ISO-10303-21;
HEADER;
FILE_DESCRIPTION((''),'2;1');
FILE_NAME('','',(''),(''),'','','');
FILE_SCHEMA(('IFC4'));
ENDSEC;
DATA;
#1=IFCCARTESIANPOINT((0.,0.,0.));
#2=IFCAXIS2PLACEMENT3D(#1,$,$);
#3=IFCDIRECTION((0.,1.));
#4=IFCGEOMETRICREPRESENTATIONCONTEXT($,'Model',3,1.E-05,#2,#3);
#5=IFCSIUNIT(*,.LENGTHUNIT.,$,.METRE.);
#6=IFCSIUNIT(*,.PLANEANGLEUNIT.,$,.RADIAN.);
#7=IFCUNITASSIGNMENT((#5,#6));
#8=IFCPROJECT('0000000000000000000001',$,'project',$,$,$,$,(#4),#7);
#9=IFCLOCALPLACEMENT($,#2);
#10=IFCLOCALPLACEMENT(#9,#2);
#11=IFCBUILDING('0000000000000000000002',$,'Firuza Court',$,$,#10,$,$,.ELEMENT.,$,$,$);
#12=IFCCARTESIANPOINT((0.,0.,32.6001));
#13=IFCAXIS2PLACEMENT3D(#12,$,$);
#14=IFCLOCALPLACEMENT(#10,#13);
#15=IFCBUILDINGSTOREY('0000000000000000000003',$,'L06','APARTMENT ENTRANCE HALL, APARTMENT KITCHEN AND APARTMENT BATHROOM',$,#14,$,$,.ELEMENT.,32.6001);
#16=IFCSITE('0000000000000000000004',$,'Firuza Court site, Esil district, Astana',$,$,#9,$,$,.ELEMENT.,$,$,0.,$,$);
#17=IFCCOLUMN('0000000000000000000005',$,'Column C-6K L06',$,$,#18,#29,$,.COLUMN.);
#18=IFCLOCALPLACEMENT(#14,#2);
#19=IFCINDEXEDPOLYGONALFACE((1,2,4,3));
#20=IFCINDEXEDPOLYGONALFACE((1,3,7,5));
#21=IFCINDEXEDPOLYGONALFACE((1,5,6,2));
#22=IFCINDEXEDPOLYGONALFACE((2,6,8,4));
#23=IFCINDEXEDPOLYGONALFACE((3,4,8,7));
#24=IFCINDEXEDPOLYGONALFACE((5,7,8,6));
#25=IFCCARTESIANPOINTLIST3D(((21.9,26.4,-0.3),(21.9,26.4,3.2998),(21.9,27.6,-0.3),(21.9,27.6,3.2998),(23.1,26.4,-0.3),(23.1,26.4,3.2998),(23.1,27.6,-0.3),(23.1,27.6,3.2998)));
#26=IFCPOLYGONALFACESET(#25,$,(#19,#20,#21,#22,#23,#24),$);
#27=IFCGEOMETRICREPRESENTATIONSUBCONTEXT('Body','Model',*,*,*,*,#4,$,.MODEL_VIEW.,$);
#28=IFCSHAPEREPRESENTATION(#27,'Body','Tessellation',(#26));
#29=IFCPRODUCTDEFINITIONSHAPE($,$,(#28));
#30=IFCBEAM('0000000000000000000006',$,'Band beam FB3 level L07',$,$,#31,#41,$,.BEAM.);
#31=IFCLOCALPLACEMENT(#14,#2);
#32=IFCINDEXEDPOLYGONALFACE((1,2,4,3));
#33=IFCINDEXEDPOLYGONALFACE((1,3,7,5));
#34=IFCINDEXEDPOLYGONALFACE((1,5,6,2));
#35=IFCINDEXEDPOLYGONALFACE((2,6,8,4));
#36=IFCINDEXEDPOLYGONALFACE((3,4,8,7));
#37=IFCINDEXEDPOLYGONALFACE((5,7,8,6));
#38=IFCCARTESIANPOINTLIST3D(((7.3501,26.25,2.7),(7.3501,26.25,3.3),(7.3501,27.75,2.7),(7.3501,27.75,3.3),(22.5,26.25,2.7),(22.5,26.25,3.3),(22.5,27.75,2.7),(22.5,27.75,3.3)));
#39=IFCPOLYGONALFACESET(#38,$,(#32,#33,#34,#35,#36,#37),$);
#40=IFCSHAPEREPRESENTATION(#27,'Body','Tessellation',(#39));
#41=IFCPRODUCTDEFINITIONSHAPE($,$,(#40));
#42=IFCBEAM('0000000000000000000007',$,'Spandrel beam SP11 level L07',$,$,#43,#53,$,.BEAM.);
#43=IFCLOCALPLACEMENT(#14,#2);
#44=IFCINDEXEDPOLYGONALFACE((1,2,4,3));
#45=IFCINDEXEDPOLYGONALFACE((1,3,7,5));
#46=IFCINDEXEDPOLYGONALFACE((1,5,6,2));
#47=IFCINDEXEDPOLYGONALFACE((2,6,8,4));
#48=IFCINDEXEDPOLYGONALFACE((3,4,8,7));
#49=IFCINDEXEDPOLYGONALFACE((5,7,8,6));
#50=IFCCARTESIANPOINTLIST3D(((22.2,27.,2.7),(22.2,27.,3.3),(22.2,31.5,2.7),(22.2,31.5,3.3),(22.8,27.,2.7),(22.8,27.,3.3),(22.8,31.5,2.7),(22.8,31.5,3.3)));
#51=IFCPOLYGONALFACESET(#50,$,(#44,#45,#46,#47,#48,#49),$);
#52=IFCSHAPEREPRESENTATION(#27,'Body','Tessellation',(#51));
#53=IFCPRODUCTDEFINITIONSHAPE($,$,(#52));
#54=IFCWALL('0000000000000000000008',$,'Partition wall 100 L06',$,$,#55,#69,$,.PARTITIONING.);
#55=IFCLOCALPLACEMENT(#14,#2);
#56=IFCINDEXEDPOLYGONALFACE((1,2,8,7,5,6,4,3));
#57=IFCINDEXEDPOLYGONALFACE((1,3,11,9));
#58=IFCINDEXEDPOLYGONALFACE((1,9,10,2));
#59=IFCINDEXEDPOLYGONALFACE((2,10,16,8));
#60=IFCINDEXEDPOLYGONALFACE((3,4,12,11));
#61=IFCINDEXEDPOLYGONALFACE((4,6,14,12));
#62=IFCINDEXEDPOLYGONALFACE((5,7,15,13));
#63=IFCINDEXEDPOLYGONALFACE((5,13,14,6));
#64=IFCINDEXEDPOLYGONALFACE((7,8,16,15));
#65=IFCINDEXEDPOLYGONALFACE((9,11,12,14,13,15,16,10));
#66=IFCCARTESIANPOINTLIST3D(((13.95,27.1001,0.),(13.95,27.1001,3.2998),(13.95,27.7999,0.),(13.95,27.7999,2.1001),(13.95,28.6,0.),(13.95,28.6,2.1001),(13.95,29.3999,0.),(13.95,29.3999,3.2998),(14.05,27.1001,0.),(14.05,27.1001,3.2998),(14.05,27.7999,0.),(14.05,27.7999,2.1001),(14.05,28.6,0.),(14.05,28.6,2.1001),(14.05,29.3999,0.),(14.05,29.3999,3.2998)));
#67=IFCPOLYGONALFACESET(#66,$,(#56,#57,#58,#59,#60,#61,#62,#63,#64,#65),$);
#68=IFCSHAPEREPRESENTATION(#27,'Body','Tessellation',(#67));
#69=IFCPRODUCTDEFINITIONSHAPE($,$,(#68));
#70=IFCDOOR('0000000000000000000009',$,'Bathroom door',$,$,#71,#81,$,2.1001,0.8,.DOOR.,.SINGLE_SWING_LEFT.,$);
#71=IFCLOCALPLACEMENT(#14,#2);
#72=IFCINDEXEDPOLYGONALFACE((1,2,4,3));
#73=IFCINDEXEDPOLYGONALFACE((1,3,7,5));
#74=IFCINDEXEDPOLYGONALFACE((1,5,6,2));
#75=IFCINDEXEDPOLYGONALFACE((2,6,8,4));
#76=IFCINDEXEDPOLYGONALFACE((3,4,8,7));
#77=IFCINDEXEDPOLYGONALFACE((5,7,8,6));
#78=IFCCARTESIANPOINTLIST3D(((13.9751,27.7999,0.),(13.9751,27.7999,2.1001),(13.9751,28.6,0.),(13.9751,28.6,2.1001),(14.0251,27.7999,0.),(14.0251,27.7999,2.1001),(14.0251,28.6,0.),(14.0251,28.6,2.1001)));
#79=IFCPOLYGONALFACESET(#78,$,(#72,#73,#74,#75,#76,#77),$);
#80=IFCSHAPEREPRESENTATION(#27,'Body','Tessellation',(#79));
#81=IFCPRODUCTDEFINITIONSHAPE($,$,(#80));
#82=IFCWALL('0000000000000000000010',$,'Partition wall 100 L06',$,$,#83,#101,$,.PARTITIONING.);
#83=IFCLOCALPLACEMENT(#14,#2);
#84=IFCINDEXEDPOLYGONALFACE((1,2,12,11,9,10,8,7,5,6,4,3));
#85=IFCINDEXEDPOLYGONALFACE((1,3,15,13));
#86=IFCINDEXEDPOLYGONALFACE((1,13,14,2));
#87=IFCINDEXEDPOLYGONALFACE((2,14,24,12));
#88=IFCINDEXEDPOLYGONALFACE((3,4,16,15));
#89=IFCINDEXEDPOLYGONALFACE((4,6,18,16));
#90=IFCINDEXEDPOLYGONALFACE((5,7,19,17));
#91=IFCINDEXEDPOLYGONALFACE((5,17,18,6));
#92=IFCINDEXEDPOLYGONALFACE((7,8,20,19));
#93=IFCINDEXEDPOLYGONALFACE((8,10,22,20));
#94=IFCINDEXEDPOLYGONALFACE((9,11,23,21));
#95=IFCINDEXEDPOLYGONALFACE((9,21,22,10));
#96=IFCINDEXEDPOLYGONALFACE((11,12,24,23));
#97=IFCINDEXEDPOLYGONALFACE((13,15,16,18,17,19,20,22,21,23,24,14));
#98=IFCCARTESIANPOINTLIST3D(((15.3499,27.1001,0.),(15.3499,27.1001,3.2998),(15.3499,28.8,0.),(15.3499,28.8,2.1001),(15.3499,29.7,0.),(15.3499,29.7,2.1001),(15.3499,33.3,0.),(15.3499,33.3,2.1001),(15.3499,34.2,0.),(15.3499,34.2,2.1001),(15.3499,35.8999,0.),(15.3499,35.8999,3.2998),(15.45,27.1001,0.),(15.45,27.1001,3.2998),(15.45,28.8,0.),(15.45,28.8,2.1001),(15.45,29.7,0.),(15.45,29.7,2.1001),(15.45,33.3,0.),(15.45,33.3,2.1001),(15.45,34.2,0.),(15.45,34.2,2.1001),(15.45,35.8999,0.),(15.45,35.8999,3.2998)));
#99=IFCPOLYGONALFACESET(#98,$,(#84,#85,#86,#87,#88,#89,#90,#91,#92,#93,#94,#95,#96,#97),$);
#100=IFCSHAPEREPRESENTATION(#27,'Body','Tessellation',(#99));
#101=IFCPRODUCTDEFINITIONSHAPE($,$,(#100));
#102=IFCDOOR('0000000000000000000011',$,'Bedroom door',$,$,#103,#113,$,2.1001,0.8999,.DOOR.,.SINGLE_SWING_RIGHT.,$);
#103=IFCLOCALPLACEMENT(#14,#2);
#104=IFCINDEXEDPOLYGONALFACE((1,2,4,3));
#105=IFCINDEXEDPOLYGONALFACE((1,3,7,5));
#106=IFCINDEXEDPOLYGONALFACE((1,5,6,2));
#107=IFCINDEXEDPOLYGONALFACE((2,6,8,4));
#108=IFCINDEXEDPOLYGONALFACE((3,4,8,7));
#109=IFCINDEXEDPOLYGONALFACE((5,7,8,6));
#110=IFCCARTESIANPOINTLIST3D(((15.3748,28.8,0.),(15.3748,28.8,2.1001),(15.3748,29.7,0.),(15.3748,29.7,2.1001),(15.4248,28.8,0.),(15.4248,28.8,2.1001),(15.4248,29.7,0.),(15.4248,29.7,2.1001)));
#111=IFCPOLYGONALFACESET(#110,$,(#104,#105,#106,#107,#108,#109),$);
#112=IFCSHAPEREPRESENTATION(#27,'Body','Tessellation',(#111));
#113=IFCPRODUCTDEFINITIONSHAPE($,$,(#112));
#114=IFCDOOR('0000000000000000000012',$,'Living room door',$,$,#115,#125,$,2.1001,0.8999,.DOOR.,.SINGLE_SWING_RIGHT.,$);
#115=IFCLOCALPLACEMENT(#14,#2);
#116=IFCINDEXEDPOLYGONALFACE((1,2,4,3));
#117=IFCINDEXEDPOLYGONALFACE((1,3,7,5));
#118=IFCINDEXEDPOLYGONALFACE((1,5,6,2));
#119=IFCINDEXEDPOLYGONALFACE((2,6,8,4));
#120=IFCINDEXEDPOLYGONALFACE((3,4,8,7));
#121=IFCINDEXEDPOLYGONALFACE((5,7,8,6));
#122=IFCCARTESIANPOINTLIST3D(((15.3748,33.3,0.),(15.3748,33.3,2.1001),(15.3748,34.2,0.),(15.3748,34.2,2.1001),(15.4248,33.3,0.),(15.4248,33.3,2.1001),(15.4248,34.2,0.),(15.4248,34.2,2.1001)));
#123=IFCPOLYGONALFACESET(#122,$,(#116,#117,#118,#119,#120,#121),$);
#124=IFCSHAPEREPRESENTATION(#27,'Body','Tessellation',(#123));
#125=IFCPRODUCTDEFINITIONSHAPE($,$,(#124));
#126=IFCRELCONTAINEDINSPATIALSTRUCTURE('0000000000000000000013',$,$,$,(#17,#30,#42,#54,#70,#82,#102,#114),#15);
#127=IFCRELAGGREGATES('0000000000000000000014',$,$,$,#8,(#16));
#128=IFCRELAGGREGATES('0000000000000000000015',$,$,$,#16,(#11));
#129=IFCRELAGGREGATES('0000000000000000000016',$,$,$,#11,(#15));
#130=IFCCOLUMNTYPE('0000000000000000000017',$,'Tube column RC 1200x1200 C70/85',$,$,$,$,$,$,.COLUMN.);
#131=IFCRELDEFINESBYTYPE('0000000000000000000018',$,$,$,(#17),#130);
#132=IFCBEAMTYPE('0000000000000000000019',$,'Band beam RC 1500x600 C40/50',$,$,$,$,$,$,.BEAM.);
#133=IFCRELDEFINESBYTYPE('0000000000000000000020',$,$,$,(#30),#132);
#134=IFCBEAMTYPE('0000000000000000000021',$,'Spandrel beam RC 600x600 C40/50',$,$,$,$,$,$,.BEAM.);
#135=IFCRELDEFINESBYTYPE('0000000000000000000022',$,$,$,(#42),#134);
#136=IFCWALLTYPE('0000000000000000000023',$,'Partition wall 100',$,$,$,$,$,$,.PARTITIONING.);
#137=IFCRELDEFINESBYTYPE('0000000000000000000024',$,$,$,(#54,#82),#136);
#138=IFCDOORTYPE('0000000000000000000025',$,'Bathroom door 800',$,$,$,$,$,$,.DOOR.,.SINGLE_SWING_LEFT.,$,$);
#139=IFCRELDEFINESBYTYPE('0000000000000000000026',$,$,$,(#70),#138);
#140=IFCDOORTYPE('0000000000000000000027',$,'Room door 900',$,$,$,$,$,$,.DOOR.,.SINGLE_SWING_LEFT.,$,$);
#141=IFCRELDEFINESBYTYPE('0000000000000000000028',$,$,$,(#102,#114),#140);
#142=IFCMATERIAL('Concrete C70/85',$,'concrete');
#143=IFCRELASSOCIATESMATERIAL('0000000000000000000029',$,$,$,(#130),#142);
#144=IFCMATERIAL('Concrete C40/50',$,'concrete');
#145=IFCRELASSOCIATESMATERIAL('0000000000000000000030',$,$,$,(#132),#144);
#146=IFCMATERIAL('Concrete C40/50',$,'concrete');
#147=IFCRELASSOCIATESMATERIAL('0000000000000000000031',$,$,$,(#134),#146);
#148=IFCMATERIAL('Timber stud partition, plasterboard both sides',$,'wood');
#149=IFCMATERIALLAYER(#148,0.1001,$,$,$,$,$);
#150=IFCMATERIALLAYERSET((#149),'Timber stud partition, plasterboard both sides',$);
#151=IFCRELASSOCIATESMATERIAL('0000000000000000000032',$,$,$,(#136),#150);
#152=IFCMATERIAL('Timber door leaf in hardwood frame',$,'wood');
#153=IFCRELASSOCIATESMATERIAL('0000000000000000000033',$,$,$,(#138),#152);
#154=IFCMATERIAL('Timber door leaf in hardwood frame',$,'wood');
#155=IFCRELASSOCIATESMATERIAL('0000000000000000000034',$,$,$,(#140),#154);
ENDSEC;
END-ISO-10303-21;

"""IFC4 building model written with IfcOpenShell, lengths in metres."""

from ifc_helpers import new_model, si_unit, direction, frame, frame_2d, origin, origin_2d, place, context, subcontext, project, spatial, rectangle, extrude, material, layer, layer_set, material_profile, profile_set, type_object, element, fill, save


model = new_model("IFC4")

# Units and contexts
model_context = context("Model", 3, precision=1e-05, world=origin(), true_north=direction((0.0, 1.0)))
body_context = subcontext(model_context, "Body", "Model", "MODEL_VIEW")
ifc_project = project(units=[si_unit("LENGTHUNIT", "METRE"), si_unit("PLANEANGLEUNIT", "RADIAN")], contexts=[model_context])

# Site, building, storey
site_placement = place(None, origin())
site = spatial("IfcSite", under=ifc_project, at=site_placement, Name="Firuza Court site, Esil district, Astana", CompositionType="ELEMENT", RefElevation=0.0)
building_placement = place(site_placement, origin())
building = spatial("IfcBuilding", under=site, at=building_placement, Name="Firuza Court", CompositionType="ELEMENT")
storey_placement = place(building_placement, frame((0.0, 0.0, 32.6001)))
storey = spatial("IfcBuildingStorey", under=building, at=storey_placement, Name="L06", Description="APARTMENT ENTRANCE HALL, APARTMENT KITCHEN AND APARTMENT BATHROOM", CompositionType="ELEMENT", Elevation=32.6001)

# Column
ifc_material_1 = material(Name="Concrete C70/85", Category="concrete")
ifc_material_profile_1 = material_profile(ifc_material_1, rectangle(XDim=1.2, YDim=1.2, at=origin_2d()), Name="RC 1200x1200")
ifc_profile_set_1 = profile_set([ifc_material_profile_1], Name="Concrete C70/85")
column_type = type_object("IfcColumnType", Name="Tube column RC 1200x1200 C70/85", PredefinedType="COLUMN", material=ifc_profile_set_1)
column_placement = place(storey_placement, frame((22.5, 27.0, -0.3), z_axis=(0.0, 0.0, 1.0), x_axis=(1.0, 0.0, 0.0)))
element("IfcColumn", 1, at=column_placement, inside=storey, type_object=column_type, Name="Column C-6K L06", PredefinedType="COLUMN", context=body_context, shape_type="SweptSolid", body=[
    extrude(rectangle(XDim=1.2, YDim=1.2, at=origin_2d()), origin(), (0.0, 0.0, 1.0), 3.5999),
])

# Beams
ifc_material_2 = material(Name="Concrete C40/50", Category="concrete")
ifc_material_profile_2 = material_profile(ifc_material_2, rectangle(XDim=1.5, YDim=0.6001, at=origin_2d()), Name="RC 1500x600")
ifc_profile_set_2 = profile_set([ifc_material_profile_2], Name="Concrete C40/50")
beam_type_1 = type_object("IfcBeamType", Name="Band beam RC 1500x600 C40/50", PredefinedType="BEAM", material=ifc_profile_set_2)
beam_1_placement = place(storey_placement, frame((22.5, 27.0, 3.0), z_axis=(-1.0, 0.0, 0.0), x_axis=(0.0, -1.0, 0.0)))
element("IfcBeam", 2, at=beam_1_placement, inside=storey, type_object=beam_type_1, Name="Band beam FB3 level L07", PredefinedType="BEAM", context=body_context, shape_type="SweptSolid", body=[
    extrude(rectangle(XDim=1.5, YDim=0.6001, at=origin_2d()), origin(), (0.0, 0.0, 1.0), 15.1499),
])
ifc_material_3 = material(Name="Concrete C40/50", Category="concrete")
ifc_material_profile_3 = material_profile(ifc_material_3, rectangle(XDim=0.6001, YDim=0.6001, at=origin_2d()), Name="RC 600x600")
ifc_profile_set_3 = profile_set([ifc_material_profile_3], Name="Concrete C40/50")
beam_type_2 = type_object("IfcBeamType", Name="Spandrel beam RC 600x600 C40/50", PredefinedType="BEAM", material=ifc_profile_set_3)
beam_2_placement = place(storey_placement, frame((22.5, 27.0, 3.0), z_axis=(0.0, 1.0, 0.0), x_axis=(-1.0, 0.0, 0.0)))
element("IfcBeam", 3, at=beam_2_placement, inside=storey, type_object=beam_type_2, Name="Spandrel beam SP11 level L07", PredefinedType="BEAM", context=body_context, shape_type="SweptSolid", body=[
    extrude(rectangle(XDim=0.6001, YDim=0.6001, at=origin_2d()), origin(), (0.0, 0.0, 1.0), 4.5),
])

# Wall, opening, door
ifc_material_4 = material(Name="Timber stud partition, plasterboard both sides", Category="wood")
ifc_layer = layer(ifc_material_4, 0.1001)
ifc_layer_set = layer_set([ifc_layer], Name="Timber stud partition, plasterboard both sides")
wall_type = type_object("IfcWallType", Name="Partition wall 100", PredefinedType="PARTITIONING", material=ifc_layer_set)
wall_1_placement = place(storey_placement, frame((14.0, 27.1001, 0.0), z_axis=(0.0, 0.0, 1.0), x_axis=(0.0, 1.0, 0.0)))
wall_1 = element("IfcWall", 4, at=wall_1_placement, inside=storey, type_object=wall_type, Name="Partition wall 100 L06", PredefinedType="PARTITIONING", context=body_context, shape_type="SweptSolid", body=[
    extrude(rectangle(XDim=2.2998, YDim=0.1001, at=frame_2d((1.1499, 0.0))), origin(), (0.0, 0.0, 1.0), 3.2998),
])
opening_1_placement = place(wall_1_placement, frame((0.7, 0.0, 0.0)))
opening_1 = element("IfcOpeningElement", 5, at=opening_1_placement, cuts=wall_1, PredefinedType="OPENING", context=body_context, shape_type="SweptSolid", body=[
    extrude(rectangle(XDim=0.8, YDim=2.1001, at=frame_2d((0.3999, 1.05))), frame((0.0, 0.062, 0.0), z_axis=(0.0, -1.0, 0.0), x_axis=(1.0, 0.0, 0.0)), (0.0, 0.0, 1.0), 0.124),
])
ifc_material_5 = material(Name="Timber door leaf in hardwood frame", Category="wood")
door_type_1 = type_object("IfcDoorType", Name="Bathroom door 800", OperationType="SINGLE_SWING_LEFT", PredefinedType="DOOR", material=ifc_material_5)
door_1_placement = place(opening_1_placement, origin())
door_1 = element("IfcDoor", 6, at=door_1_placement, inside=storey, type_object=door_type_1, Name="Bathroom door", OperationType="SINGLE_SWING_LEFT", OverallHeight=2.1001, OverallWidth=0.8, PredefinedType="DOOR", context=body_context, shape_type="SweptSolid", body=[
    extrude(rectangle(XDim=0.8, YDim=2.1001, at=frame_2d((0.3999, 1.05))), frame((0.0, 0.0249, 0.0), z_axis=(0.0, -1.0, 0.0), x_axis=(1.0, 0.0, 0.0)), (0.0, 0.0, 1.0), 0.05),
])
fill(opening_1, door_1)

# Wall, openings, doors
wall_2_placement = place(storey_placement, frame((15.3999, 27.1001, 0.0), z_axis=(0.0, 0.0, 1.0), x_axis=(0.0, 1.0, 0.0)))
wall_2 = element("IfcWall", 7, at=wall_2_placement, inside=storey, type_object=wall_type, Name="Partition wall 100 L06", PredefinedType="PARTITIONING", context=body_context, shape_type="SweptSolid", body=[
    extrude(rectangle(XDim=8.7998, YDim=0.1001, at=frame_2d((4.3999, 0.0))), origin(), (0.0, 0.0, 1.0), 3.2998),
])
opening_2_placement = place(wall_2_placement, frame((1.7, 0.0, 0.0)))
opening_2 = element("IfcOpeningElement", 8, at=opening_2_placement, cuts=wall_2, PredefinedType="OPENING", context=body_context, shape_type="SweptSolid", body=[
    extrude(rectangle(XDim=0.8999, YDim=2.1001, at=frame_2d((0.45, 1.05))), frame((0.0, 0.062, 0.0), z_axis=(0.0, -1.0, 0.0), x_axis=(1.0, 0.0, 0.0)), (0.0, 0.0, 1.0), 0.124),
])
opening_3_placement = place(wall_2_placement, frame((6.2, 0.0, 0.0)))
opening_3 = element("IfcOpeningElement", 9, at=opening_3_placement, cuts=wall_2, PredefinedType="OPENING", context=body_context, shape_type="SweptSolid", body=[
    extrude(rectangle(XDim=0.8999, YDim=2.1001, at=frame_2d((0.45, 1.05))), frame((0.0, 0.062, 0.0), z_axis=(0.0, -1.0, 0.0), x_axis=(1.0, 0.0, 0.0)), (0.0, 0.0, 1.0), 0.124),
])
ifc_material_6 = material(Name="Timber door leaf in hardwood frame", Category="wood")
door_type_2 = type_object("IfcDoorType", Name="Room door 900", OperationType="SINGLE_SWING_LEFT", PredefinedType="DOOR", material=ifc_material_6)
door_2_placement = place(opening_2_placement, frame((0.8999, 0.0, 0.0), z_axis=(0.0, 0.0, 1.0), x_axis=(-1.0, 0.0, 0.0)))
door_2 = element("IfcDoor", 10, at=door_2_placement, inside=storey, type_object=door_type_2, Name="Bedroom door", OperationType="SINGLE_SWING_RIGHT", OverallHeight=2.1001, OverallWidth=0.8999, PredefinedType="DOOR", context=body_context, shape_type="SweptSolid", body=[
    extrude(rectangle(XDim=0.8999, YDim=2.1001, at=frame_2d((0.45, 1.05))), frame((0.0, 0.0249, 0.0), z_axis=(0.0, -1.0, 0.0), x_axis=(1.0, 0.0, 0.0)), (0.0, 0.0, 1.0), 0.05),
])
fill(opening_2, door_2)
door_3_placement = place(opening_3_placement, frame((0.8999, 0.0, 0.0), z_axis=(0.0, 0.0, 1.0), x_axis=(-1.0, 0.0, 0.0)))
door_3 = element("IfcDoor", 11, at=door_3_placement, inside=storey, type_object=door_type_2, Name="Living room door", OperationType="SINGLE_SWING_RIGHT", OverallHeight=2.1001, OverallWidth=0.8999, PredefinedType="DOOR", context=body_context, shape_type="SweptSolid", body=[
    extrude(rectangle(XDim=0.8999, YDim=2.1001, at=frame_2d((0.45, 1.05))), frame((0.0, 0.0249, 0.0), z_axis=(0.0, -1.0, 0.0), x_axis=(1.0, 0.0, 0.0)), (0.0, 0.0, 1.0), 0.05),
])
fill(opening_3, door_3)

save(model, "model.ifc")
